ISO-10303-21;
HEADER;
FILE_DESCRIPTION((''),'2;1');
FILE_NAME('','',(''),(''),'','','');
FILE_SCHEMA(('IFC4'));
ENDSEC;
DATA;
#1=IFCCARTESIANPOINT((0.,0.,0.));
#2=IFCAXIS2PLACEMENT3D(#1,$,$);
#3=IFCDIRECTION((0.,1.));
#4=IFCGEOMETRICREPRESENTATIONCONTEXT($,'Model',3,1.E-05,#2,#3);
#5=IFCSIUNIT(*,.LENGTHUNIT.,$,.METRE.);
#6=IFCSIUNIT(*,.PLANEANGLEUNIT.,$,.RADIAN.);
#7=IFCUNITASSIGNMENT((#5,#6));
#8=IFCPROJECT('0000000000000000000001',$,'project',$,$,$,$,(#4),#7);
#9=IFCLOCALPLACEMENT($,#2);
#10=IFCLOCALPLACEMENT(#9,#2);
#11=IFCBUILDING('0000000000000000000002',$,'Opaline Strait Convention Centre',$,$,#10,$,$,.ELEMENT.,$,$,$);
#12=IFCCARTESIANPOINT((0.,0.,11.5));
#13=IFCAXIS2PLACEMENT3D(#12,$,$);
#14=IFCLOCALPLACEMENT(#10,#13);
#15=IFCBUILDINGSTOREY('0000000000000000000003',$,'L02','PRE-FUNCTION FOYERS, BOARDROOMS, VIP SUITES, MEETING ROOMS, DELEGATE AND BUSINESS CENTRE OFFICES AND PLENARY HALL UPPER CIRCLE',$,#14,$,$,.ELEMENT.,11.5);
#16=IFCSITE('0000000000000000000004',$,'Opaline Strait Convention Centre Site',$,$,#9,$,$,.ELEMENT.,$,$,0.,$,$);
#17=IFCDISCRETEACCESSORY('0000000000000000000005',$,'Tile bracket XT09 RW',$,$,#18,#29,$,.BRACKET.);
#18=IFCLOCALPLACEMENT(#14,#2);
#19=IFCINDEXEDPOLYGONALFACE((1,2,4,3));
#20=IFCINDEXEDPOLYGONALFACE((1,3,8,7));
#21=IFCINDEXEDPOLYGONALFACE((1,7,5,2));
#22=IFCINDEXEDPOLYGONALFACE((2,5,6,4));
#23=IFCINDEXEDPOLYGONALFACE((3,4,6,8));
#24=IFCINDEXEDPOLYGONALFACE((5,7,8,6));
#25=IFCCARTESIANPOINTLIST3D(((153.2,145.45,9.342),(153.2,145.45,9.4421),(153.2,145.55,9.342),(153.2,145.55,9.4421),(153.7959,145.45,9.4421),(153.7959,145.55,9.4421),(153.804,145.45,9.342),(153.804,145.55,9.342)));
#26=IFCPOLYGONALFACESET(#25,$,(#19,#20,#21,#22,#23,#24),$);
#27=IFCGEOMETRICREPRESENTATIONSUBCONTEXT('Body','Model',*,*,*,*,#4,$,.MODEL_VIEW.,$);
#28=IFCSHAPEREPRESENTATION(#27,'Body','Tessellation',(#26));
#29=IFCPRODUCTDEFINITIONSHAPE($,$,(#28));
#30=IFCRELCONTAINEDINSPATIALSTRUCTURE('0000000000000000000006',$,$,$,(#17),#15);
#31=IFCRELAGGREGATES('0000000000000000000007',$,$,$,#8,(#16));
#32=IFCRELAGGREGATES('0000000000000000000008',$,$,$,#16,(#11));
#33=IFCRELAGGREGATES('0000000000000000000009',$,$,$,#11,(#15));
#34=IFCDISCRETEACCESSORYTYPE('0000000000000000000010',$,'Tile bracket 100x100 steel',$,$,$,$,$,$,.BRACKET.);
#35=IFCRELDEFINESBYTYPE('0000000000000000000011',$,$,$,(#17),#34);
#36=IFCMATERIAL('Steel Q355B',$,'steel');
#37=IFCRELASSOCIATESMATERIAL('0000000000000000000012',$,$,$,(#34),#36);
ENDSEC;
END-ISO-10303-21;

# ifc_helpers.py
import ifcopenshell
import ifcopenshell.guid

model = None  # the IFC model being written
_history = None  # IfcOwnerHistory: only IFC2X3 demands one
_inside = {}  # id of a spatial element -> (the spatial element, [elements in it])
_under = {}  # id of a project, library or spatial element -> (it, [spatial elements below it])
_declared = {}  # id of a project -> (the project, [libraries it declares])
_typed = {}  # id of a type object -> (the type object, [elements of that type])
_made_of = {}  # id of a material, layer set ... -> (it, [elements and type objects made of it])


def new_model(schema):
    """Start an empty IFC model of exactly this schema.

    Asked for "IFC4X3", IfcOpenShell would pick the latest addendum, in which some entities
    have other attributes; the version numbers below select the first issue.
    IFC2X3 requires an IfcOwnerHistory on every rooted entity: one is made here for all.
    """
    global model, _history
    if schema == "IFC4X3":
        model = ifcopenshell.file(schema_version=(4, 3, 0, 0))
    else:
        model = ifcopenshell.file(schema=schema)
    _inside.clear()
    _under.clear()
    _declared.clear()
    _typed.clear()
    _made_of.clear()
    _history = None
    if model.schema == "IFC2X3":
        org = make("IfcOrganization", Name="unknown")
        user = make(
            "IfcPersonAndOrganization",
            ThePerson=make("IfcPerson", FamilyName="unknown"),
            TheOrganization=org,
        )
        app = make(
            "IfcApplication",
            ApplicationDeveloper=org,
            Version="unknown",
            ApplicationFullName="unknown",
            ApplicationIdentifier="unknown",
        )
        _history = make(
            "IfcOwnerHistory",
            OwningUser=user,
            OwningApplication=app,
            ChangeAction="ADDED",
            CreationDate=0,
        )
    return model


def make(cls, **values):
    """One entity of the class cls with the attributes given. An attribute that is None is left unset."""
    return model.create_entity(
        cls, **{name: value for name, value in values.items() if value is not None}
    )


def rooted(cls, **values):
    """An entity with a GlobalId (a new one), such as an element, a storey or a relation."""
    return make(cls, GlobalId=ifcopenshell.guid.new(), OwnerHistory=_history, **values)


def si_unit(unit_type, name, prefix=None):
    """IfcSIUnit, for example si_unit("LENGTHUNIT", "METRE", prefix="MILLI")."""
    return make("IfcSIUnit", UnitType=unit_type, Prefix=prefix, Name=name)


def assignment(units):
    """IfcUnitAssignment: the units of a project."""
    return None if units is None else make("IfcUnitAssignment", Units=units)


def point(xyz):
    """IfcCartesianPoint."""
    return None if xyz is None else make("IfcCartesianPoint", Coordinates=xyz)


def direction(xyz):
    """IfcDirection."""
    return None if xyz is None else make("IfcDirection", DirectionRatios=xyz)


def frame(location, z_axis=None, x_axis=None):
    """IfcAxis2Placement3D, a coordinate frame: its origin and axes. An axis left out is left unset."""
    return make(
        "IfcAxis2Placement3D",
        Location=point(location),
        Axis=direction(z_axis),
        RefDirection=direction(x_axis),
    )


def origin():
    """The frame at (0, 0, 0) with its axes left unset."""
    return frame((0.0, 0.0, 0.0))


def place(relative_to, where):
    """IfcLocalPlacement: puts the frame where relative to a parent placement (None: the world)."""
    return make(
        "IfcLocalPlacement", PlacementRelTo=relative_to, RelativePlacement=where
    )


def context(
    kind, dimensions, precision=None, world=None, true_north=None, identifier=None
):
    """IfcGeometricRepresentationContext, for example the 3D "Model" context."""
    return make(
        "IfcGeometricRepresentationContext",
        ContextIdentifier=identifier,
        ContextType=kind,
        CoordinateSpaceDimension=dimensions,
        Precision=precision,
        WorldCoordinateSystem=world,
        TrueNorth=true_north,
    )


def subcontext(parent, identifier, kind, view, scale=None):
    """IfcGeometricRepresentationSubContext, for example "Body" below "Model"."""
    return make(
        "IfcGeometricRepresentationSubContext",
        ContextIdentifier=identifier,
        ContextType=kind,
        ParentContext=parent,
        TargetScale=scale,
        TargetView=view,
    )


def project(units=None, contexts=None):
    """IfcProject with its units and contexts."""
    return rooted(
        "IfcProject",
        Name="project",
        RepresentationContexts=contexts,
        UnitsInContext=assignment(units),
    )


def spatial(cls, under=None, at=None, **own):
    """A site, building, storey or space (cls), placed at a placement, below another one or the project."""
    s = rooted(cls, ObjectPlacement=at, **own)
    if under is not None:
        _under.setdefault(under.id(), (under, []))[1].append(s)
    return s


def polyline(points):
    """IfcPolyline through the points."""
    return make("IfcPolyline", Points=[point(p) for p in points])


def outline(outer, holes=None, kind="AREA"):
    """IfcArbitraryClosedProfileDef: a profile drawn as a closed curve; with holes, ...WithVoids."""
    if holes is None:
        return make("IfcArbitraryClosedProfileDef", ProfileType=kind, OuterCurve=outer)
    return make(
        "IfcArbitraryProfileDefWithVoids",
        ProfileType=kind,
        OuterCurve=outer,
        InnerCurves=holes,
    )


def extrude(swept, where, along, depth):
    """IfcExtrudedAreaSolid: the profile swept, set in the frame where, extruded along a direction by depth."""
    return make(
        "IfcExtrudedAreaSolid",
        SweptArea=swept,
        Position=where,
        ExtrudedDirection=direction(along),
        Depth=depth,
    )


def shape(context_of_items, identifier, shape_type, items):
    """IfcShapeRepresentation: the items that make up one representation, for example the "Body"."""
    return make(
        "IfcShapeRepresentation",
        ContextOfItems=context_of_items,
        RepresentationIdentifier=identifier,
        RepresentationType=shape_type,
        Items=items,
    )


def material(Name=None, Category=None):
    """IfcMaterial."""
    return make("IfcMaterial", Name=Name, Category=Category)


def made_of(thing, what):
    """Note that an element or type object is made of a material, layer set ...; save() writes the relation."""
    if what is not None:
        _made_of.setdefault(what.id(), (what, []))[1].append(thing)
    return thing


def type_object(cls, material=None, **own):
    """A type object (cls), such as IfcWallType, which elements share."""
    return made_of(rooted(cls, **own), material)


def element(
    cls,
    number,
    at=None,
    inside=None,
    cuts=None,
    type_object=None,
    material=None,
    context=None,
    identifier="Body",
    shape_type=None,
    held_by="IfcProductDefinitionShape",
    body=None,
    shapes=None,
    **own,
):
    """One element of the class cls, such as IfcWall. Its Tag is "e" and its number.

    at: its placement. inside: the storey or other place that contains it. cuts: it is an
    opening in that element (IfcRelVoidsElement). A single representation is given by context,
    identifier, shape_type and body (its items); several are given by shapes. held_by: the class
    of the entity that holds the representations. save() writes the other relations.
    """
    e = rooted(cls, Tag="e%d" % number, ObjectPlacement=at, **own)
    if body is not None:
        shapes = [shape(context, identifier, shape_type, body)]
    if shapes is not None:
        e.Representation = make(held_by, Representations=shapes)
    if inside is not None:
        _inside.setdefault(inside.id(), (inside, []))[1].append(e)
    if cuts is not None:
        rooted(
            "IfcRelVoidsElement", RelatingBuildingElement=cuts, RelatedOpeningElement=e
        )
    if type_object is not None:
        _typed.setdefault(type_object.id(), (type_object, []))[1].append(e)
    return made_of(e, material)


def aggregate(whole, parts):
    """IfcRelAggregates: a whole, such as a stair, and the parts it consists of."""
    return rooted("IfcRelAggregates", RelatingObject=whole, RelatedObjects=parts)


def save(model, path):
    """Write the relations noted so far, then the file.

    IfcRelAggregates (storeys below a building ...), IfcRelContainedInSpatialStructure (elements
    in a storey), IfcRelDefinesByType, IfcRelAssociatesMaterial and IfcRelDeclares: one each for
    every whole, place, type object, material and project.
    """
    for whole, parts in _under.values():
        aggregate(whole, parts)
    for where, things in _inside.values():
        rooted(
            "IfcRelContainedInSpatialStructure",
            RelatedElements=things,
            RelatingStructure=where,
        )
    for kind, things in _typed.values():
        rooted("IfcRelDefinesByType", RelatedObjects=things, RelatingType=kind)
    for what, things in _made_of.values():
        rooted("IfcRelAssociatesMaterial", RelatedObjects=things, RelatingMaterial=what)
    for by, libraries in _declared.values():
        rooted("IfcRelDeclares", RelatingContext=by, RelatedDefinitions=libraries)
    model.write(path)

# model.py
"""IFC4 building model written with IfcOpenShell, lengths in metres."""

from ifc_helpers import new_model, si_unit, direction, frame, origin, place, context, subcontext, project, spatial, polyline, outline, extrude, material, type_object, element, save


model = new_model("IFC4")

# Units and contexts
model_context = context("Model", 3, precision=1e-05, world=origin(), true_north=direction((0.0, 1.0)))
body_context = subcontext(model_context, "Body", "Model", "MODEL_VIEW")
ifc_project = project(units=[si_unit("LENGTHUNIT", "METRE"), si_unit("PLANEANGLEUNIT", "RADIAN")], contexts=[model_context])

# Site, building, storey
site_placement = place(None, origin())
site = spatial("IfcSite", under=ifc_project, at=site_placement, Name="Opaline Strait Convention Centre Site", CompositionType="ELEMENT", RefElevation=0.0)
building_placement = place(site_placement, origin())
building = spatial("IfcBuilding", under=site, at=building_placement, Name="Opaline Strait Convention Centre", CompositionType="ELEMENT")
storey_placement = place(building_placement, frame((0.0, 0.0, 11.5)))
storey = spatial("IfcBuildingStorey", under=building, at=storey_placement, Name="L02", Description="PRE-FUNCTION FOYERS, BOARDROOMS, VIP SUITES, MEETING ROOMS, DELEGATE AND BUSINESS CENTRE OFFICES AND PLENARY HALL UPPER CIRCLE", CompositionType="ELEMENT", Elevation=11.5)

# Shared definitions
ifc_material_1 = material(Name="Steel Q355B", Category="steel")

# Discrete accessory
discrete_accessory_type = type_object("IfcDiscreteAccessoryType", Name="Tile bracket 100x100 steel", PredefinedType="BRACKET", material=ifc_material_1)
discrete_accessory_1_placement = place(storey_placement, frame((153.2, 145.45, 9.3921), z_axis=(0.0, 1.0, 0.0), x_axis=(-1.0, 0.0, 0.0)))
element("IfcDiscreteAccessory", 1, at=discrete_accessory_1_placement, inside=storey, type_object=discrete_accessory_type, Name="Tile bracket XT09 RW", PredefinedType="BRACKET", context=body_context, shape_type="SweptSolid", body=[
    extrude(outline(polyline([(0.0, -0.05), (0.0, 0.05), (-0.5959, 0.05), (-0.604, -0.05), (0.0, -0.05)])), origin(), (0.0, 0.0, 1.0), 0.1001),
])

save(model, "model.ifc")
